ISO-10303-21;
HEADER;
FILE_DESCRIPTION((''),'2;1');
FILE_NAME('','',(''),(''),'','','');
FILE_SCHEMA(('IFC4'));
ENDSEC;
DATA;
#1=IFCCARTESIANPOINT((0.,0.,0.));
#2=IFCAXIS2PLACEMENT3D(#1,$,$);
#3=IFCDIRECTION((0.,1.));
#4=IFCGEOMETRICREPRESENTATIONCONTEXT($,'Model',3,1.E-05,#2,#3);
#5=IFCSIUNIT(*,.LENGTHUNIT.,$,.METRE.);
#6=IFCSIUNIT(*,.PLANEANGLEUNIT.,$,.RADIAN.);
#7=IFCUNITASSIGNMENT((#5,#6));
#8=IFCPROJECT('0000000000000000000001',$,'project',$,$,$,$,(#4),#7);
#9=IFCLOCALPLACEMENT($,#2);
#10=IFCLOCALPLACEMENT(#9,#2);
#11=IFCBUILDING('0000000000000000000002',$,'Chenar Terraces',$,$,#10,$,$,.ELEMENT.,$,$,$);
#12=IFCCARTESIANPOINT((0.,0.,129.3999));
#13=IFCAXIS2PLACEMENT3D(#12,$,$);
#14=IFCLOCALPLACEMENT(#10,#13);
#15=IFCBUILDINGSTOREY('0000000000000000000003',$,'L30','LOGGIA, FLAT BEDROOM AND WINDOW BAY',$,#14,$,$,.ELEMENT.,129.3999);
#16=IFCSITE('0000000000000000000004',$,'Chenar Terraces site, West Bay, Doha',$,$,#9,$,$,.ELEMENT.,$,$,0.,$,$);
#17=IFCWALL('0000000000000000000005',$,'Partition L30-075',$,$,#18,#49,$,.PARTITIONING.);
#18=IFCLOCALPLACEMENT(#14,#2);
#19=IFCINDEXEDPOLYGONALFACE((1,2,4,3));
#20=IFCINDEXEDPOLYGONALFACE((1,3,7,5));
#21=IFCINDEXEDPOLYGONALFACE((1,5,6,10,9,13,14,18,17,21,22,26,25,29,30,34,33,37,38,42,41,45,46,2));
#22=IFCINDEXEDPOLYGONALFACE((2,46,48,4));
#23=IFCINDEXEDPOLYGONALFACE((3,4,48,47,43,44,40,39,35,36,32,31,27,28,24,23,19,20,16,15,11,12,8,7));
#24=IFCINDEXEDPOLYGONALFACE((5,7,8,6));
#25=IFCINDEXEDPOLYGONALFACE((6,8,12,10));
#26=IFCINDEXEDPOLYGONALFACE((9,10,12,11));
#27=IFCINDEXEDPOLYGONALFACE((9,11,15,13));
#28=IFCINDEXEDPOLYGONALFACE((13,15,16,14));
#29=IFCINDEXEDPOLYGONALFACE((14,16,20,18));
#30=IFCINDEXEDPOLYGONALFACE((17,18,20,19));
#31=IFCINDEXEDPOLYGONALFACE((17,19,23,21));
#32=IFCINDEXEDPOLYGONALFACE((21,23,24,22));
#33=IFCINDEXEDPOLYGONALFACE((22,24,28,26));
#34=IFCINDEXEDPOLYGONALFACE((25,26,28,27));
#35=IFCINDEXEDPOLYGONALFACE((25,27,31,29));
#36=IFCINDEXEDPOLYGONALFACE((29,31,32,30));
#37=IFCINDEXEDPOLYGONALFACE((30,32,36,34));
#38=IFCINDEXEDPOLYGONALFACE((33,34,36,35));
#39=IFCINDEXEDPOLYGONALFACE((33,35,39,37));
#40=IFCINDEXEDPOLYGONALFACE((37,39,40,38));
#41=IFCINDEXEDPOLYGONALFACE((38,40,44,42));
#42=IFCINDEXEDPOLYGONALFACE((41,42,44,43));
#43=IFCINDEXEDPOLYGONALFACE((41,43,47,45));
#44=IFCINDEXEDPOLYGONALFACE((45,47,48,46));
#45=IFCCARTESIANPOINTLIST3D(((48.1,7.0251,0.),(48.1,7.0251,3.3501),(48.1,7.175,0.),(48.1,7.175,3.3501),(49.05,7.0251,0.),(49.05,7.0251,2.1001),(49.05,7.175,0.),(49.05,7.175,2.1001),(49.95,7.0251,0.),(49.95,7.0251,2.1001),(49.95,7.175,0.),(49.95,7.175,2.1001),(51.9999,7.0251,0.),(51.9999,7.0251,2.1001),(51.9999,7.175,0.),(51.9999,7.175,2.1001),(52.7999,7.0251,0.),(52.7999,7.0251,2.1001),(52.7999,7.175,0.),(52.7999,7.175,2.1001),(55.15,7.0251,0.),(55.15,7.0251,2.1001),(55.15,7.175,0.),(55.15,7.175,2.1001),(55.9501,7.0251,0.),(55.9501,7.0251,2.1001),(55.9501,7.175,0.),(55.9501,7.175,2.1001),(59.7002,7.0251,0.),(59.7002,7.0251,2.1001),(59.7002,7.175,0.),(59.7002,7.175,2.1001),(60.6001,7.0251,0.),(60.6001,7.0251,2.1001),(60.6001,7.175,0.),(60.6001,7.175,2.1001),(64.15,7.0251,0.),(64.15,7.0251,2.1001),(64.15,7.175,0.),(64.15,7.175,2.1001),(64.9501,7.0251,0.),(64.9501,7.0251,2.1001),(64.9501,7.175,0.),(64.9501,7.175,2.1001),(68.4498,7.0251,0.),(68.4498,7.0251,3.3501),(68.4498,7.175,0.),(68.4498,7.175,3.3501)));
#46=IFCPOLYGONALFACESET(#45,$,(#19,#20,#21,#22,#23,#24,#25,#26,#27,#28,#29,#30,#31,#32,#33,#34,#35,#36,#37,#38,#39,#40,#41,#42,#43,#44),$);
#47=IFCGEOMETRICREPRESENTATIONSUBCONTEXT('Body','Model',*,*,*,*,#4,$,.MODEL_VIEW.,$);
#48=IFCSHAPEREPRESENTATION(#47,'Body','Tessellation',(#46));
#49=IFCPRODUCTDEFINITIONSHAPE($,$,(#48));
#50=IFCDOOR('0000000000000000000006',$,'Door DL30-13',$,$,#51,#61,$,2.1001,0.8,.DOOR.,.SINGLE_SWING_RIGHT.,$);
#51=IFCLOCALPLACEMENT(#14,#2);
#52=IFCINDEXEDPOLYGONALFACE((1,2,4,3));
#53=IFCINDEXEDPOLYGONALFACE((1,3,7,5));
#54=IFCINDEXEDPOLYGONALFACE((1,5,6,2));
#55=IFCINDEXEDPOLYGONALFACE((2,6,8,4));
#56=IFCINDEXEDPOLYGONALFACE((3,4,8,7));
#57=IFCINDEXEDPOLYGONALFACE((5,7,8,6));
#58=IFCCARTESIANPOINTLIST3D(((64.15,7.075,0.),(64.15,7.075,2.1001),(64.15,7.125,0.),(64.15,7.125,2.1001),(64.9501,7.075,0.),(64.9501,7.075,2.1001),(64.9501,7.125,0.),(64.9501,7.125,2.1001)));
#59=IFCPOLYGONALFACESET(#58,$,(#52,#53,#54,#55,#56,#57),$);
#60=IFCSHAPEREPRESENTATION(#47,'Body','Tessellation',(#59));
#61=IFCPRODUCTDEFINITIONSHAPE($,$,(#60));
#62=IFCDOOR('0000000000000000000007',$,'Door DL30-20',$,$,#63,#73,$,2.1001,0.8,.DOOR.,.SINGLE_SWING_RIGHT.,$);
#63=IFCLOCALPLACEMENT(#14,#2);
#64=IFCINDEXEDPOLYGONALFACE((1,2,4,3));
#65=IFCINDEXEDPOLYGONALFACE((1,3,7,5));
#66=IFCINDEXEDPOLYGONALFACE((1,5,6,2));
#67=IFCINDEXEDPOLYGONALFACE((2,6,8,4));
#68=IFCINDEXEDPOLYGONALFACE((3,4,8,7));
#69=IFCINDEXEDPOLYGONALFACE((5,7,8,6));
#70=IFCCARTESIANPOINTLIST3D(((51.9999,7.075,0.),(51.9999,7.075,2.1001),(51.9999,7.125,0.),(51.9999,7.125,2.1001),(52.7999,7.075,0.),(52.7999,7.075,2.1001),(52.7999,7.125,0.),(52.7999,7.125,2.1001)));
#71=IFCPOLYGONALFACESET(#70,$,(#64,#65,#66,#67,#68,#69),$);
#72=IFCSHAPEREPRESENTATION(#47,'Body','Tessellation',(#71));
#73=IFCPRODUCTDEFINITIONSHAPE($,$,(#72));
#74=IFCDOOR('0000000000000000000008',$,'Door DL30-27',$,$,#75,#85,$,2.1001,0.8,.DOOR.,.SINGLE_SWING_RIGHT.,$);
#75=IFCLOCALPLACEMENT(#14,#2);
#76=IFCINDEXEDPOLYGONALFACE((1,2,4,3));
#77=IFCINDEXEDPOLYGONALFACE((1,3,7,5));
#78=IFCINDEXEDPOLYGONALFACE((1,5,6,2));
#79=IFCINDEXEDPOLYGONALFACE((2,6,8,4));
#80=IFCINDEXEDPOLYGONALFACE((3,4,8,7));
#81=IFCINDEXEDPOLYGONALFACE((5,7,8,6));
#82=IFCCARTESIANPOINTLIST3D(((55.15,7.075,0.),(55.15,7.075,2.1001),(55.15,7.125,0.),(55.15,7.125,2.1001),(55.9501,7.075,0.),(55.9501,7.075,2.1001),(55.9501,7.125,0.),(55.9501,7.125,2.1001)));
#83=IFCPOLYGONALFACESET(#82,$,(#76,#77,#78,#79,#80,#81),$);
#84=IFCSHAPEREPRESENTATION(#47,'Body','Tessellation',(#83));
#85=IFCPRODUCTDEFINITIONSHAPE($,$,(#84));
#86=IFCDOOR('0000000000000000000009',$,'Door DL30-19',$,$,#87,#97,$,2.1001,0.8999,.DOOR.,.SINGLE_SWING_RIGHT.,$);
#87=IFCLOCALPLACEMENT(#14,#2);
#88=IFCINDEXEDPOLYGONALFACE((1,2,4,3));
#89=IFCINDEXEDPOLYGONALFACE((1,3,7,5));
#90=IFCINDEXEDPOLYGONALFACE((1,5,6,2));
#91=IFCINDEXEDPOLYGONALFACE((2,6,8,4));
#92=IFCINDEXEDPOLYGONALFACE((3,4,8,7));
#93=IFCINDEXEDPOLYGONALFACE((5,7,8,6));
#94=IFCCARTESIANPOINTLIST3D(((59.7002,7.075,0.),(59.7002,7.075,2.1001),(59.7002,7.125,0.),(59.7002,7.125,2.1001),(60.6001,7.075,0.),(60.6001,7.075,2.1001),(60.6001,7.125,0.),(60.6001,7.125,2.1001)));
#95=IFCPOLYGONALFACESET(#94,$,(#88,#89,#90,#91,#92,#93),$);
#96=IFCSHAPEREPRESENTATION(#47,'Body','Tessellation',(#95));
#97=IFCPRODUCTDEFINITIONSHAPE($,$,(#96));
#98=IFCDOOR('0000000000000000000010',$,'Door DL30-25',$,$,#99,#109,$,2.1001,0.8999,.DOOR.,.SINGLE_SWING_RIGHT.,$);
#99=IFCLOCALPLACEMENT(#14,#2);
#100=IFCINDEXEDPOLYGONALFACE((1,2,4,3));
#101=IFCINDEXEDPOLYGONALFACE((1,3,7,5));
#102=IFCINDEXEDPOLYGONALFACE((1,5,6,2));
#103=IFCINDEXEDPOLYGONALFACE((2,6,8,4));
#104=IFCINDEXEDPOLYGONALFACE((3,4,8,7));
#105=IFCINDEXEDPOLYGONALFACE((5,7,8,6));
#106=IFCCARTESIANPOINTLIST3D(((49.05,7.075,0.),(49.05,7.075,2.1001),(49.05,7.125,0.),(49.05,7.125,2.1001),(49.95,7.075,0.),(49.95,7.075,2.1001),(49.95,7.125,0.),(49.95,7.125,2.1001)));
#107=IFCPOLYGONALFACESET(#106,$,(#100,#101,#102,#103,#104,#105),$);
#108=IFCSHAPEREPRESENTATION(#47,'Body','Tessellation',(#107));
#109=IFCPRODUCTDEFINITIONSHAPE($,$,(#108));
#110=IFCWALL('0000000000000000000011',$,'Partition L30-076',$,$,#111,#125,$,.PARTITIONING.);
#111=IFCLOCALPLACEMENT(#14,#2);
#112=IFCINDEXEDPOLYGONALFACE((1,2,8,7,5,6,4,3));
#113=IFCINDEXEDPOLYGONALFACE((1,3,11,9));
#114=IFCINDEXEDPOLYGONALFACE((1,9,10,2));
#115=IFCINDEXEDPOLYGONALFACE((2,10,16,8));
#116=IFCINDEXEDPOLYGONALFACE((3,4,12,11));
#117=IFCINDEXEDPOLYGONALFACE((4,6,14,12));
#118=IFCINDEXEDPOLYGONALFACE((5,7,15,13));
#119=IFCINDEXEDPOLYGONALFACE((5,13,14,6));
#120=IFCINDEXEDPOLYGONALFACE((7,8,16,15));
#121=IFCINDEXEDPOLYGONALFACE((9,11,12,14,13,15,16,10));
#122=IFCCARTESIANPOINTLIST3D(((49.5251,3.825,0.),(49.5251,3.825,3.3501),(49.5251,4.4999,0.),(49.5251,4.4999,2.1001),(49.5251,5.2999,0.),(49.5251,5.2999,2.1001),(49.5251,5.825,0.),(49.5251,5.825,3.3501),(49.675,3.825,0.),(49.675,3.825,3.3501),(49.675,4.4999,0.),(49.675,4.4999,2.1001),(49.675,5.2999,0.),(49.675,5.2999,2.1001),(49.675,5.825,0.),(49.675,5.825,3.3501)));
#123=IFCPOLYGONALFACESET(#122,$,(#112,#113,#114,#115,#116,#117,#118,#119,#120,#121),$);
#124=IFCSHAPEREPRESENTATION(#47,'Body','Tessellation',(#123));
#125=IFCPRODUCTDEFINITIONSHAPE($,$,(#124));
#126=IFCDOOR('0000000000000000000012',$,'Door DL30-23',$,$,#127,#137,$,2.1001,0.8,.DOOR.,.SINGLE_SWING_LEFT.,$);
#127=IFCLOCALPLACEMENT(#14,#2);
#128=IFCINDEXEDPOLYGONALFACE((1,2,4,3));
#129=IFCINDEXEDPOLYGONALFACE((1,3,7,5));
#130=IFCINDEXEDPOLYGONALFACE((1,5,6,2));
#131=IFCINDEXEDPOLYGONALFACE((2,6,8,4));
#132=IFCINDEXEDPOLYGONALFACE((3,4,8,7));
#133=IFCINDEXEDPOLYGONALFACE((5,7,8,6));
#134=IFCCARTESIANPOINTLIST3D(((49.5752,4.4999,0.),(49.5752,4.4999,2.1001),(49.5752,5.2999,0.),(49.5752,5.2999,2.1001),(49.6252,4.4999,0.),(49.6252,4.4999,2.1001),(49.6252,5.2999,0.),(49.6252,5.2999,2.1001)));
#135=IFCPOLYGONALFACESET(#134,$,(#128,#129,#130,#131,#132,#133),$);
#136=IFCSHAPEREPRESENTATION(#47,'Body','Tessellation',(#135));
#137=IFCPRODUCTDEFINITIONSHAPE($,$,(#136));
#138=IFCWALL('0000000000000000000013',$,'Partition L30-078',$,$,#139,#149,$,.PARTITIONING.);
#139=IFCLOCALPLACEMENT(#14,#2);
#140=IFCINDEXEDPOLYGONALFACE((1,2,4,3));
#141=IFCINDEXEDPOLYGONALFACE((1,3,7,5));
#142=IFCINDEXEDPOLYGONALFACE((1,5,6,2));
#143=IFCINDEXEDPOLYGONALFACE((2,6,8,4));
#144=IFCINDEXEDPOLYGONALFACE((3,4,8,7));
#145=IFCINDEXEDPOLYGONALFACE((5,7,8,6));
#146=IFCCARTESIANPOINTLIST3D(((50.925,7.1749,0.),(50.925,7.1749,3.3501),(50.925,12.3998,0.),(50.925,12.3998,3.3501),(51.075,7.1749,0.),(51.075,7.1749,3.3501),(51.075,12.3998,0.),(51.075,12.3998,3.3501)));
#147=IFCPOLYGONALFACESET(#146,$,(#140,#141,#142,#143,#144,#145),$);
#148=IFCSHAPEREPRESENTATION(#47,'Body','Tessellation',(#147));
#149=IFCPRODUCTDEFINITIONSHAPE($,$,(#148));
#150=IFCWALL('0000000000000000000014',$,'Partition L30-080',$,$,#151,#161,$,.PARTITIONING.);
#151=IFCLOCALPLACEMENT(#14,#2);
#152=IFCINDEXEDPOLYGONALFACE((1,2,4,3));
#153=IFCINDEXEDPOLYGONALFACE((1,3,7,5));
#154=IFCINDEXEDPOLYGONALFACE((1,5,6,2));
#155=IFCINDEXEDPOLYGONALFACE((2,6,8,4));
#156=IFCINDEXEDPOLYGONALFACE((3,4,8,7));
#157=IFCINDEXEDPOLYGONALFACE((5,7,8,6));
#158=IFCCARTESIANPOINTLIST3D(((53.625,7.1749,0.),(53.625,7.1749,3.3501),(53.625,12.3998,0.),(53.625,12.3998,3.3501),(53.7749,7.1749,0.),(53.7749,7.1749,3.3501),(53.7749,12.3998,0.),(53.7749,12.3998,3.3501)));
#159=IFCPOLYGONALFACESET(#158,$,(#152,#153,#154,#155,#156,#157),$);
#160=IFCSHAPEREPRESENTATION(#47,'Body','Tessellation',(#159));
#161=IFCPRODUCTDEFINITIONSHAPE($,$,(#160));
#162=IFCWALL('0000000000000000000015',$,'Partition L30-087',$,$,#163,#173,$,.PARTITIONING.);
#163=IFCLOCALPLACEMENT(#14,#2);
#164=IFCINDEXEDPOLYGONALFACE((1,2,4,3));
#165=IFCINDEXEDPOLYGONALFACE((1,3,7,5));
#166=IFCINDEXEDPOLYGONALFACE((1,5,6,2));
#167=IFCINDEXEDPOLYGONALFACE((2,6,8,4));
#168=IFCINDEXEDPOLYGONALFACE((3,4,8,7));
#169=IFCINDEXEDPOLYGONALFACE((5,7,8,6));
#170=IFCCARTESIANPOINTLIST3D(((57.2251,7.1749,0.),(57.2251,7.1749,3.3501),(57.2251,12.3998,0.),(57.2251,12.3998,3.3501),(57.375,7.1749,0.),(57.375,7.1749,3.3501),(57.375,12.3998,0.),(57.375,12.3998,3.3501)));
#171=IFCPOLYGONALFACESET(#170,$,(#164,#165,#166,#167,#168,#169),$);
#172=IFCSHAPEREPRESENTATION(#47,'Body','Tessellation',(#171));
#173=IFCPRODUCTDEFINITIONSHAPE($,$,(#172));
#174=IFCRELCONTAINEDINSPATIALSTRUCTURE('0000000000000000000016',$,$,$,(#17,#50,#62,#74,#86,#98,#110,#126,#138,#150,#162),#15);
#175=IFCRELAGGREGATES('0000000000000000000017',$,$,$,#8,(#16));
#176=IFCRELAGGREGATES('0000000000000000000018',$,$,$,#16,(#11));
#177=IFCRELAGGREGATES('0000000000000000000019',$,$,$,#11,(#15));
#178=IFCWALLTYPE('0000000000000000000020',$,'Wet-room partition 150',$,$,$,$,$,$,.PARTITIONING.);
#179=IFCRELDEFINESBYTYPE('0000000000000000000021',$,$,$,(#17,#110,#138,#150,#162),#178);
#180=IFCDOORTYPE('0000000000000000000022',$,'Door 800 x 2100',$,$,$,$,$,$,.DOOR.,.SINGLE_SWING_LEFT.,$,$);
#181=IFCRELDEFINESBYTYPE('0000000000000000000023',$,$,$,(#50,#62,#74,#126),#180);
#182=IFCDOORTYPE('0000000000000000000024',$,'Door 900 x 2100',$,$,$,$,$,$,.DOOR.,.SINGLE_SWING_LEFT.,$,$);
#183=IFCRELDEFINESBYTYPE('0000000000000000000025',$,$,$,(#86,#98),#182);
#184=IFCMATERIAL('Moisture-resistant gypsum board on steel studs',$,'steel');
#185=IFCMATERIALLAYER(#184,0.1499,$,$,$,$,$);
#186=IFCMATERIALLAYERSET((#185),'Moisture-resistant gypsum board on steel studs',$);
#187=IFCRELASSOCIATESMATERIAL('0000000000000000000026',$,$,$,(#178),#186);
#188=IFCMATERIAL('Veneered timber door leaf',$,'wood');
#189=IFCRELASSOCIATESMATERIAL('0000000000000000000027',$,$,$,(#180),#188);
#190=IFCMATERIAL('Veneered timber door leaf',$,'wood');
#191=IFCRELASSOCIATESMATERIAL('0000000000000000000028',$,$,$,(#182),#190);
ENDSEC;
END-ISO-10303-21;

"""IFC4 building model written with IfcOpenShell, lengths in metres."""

from ifc_helpers import new_model, si_unit, direction, frame, frame_2d, origin, place, context, subcontext, project, spatial, rectangle, extrude, material, layer, layer_set, type_object, element, fill, save


model = new_model("IFC4")

# Units and contexts
model_context = context("Model", 3, precision=1e-05, world=origin(), true_north=direction((0.0, 1.0)))
body_context = subcontext(model_context, "Body", "Model", "MODEL_VIEW")
ifc_project = project(units=[si_unit("LENGTHUNIT", "METRE"), si_unit("PLANEANGLEUNIT", "RADIAN")], contexts=[model_context])

# Site, building, storey
site_placement = place(None, origin())
site = spatial("IfcSite", under=ifc_project, at=site_placement, Name="Chenar Terraces site, West Bay, Doha", CompositionType="ELEMENT", RefElevation=0.0)
building_placement = place(site_placement, origin())
building = spatial("IfcBuilding", under=site, at=building_placement, Name="Chenar Terraces", CompositionType="ELEMENT")
storey_placement = place(building_placement, frame((0.0, 0.0, 129.3999)))
storey = spatial("IfcBuildingStorey", under=building, at=storey_placement, Name="L30", Description="LOGGIA, FLAT BEDROOM AND WINDOW BAY", CompositionType="ELEMENT", Elevation=129.3999)

# Wall, openings, doors
ifc_material_1 = material(Name="Moisture-resistant gypsum board on steel studs", Category="steel")
ifc_layer_1 = layer(ifc_material_1, 0.1499)
ifc_layer_set_1 = layer_set([ifc_layer_1], Name="Moisture-resistant gypsum board on steel studs")
wall_type_1 = type_object("IfcWallType", Name="Wet-room partition 150", PredefinedType="PARTITIONING", material=ifc_layer_set_1)
ifc_material_2 = material(Name="Veneered timber door leaf", Category="wood")
door_type_1 = type_object("IfcDoorType", Name="Door 800 x 2100", OperationType="SINGLE_SWING_LEFT", PredefinedType="DOOR", material=ifc_material_2)
ifc_material_3 = material(Name="Veneered timber door leaf", Category="wood")
door_type_2 = type_object("IfcDoorType", Name="Door 900 x 2100", OperationType="SINGLE_SWING_LEFT", PredefinedType="DOOR", material=ifc_material_3)
wall_1_placement = place(storey_placement, frame((48.1001, 7.1001, 0.0), z_axis=(0.0, 0.0, 1.0), x_axis=(1.0, 0.0, 0.0)))
wall_1 = element("IfcWall", 1, at=wall_1_placement, inside=storey, type_object=wall_type_1, Name="Partition L30-075", PredefinedType="PARTITIONING", context=body_context, shape_type="SweptSolid", body=[
    extrude(rectangle(XDim=20.3499, YDim=0.1499, at=frame_2d((10.1748, 0.0))), origin(), (0.0, 0.0, 1.0), 3.3501),
])
opening_1_placement = place(wall_1_placement, frame((16.05, 0.0, 0.0)))
opening_1 = element("IfcOpeningElement", 2, at=opening_1_placement, cuts=wall_1, PredefinedType="OPENING", context=body_context, shape_type="SweptSolid", body=[
    extrude(rectangle(XDim=0.8, YDim=2.1001, at=frame_2d((0.3999, 1.05))), frame((0.0, 0.085, 0.0), z_axis=(0.0, -1.0, 0.0), x_axis=(1.0, 0.0, 0.0)), (0.0, 0.0, 1.0), 0.1699),
])
opening_2_placement = place(wall_1_placement, frame((11.6001, 0.0, 0.0)))
opening_2 = element("IfcOpeningElement", 3, at=opening_2_placement, cuts=wall_1, PredefinedType="OPENING", context=body_context, shape_type="SweptSolid", body=[
    extrude(rectangle(XDim=0.8999, YDim=2.1001, at=frame_2d((0.45, 1.05))), frame((0.0, 0.085, 0.0), z_axis=(0.0, -1.0, 0.0), x_axis=(1.0, 0.0, 0.0)), (0.0, 0.0, 1.0), 0.1699),
])
opening_3_placement = place(wall_1_placement, frame((3.8999, 0.0, 0.0)))
opening_3 = element("IfcOpeningElement", 4, at=opening_3_placement, cuts=wall_1, PredefinedType="OPENING", context=body_context, shape_type="SweptSolid", body=[
    extrude(rectangle(XDim=0.8, YDim=2.1001, at=frame_2d((0.3999, 1.05))), frame((0.0, 0.085, 0.0), z_axis=(0.0, -1.0, 0.0), x_axis=(1.0, 0.0, 0.0)), (0.0, 0.0, 1.0), 0.1699),
])
opening_4_placement = place(wall_1_placement, frame((0.95, 0.0, 0.0)))
opening_4 = element("IfcOpeningElement", 5, at=opening_4_placement, cuts=wall_1, PredefinedType="OPENING", context=body_context, shape_type="SweptSolid", body=[
    extrude(rectangle(XDim=0.8999, YDim=2.1001, at=frame_2d((0.45, 1.05))), frame((0.0, 0.085, 0.0), z_axis=(0.0, -1.0, 0.0), x_axis=(1.0, 0.0, 0.0)), (0.0, 0.0, 1.0), 0.1699),
])
opening_5_placement = place(wall_1_placement, frame((7.05, 0.0, 0.0)))
opening_5 = element("IfcOpeningElement", 6, at=opening_5_placement, cuts=wall_1, PredefinedType="OPENING", context=body_context, shape_type="SweptSolid", body=[
    extrude(rectangle(XDim=0.8, YDim=2.1001, at=frame_2d((0.3999, 1.05))), frame((0.0, 0.085, 0.0), z_axis=(0.0, -1.0, 0.0), x_axis=(1.0, 0.0, 0.0)), (0.0, 0.0, 1.0), 0.1699),
])
door_1_placement = place(opening_1_placement, origin())
door_1 = element("IfcDoor", 7, at=door_1_placement, inside=storey, type_object=door_type_1, Name="Door DL30-13", OperationType="SINGLE_SWING_RIGHT", OverallHeight=2.1001, OverallWidth=0.8, PredefinedType="DOOR", context=body_context, shape_type="SweptSolid", body=[
    extrude(rectangle(XDim=0.8, YDim=2.1001, at=frame_2d((0.3999, 1.05))), frame((0.0, 0.0249, 0.0), z_axis=(0.0, -1.0, 0.0), x_axis=(1.0, 0.0, 0.0)), (0.0, 0.0, 1.0), 0.05),
])
fill(opening_1, door_1)
door_2_placement = place(opening_3_placement, origin())
door_2 = element("IfcDoor", 8, at=door_2_placement, inside=storey, type_object=door_type_1, Name="Door DL30-20", OperationType="SINGLE_SWING_RIGHT", OverallHeight=2.1001, OverallWidth=0.8, PredefinedType="DOOR", context=body_context, shape_type="SweptSolid", body=[
    extrude(rectangle(XDim=0.8, YDim=2.1001, at=frame_2d((0.3999, 1.05))), frame((0.0, 0.0249, 0.0), z_axis=(0.0, -1.0, 0.0), x_axis=(1.0, 0.0, 0.0)), (0.0, 0.0, 1.0), 0.05),
])
fill(opening_3, door_2)
door_3_placement = place(opening_5_placement, origin())
door_3 = element("IfcDoor", 9, at=door_3_placement, inside=storey, type_object=door_type_1, Name="Door DL30-27", OperationType="SINGLE_SWING_RIGHT", OverallHeight=2.1001, OverallWidth=0.8, PredefinedType="DOOR", context=body_context, shape_type="SweptSolid", body=[
    extrude(rectangle(XDim=0.8, YDim=2.1001, at=frame_2d((0.3999, 1.05))), frame((0.0, 0.0249, 0.0), z_axis=(0.0, -1.0, 0.0), x_axis=(1.0, 0.0, 0.0)), (0.0, 0.0, 1.0), 0.05),
])
fill(opening_5, door_3)
door_4_placement = place(opening_2_placement, origin())
door_4 = element("IfcDoor", 10, at=door_4_placement, inside=storey, type_object=door_type_2, Name="Door DL30-19", OperationType="SINGLE_SWING_RIGHT", OverallHeight=2.1001, OverallWidth=0.8999, PredefinedType="DOOR", context=body_context, shape_type="SweptSolid", body=[
    extrude(rectangle(XDim=0.8999, YDim=2.1001, at=frame_2d((0.45, 1.05))), frame((0.0, 0.0249, 0.0), z_axis=(0.0, -1.0, 0.0), x_axis=(1.0, 0.0, 0.0)), (0.0, 0.0, 1.0), 0.05),
])
fill(opening_2, door_4)
door_5_placement = place(opening_4_placement, origin())
door_5 = element("IfcDoor", 11, at=door_5_placement, inside=storey, type_object=door_type_2, Name="Door DL30-25", OperationType="SINGLE_SWING_RIGHT", OverallHeight=2.1001, OverallWidth=0.8999, PredefinedType="DOOR", context=body_context, shape_type="SweptSolid", body=[
    extrude(rectangle(XDim=0.8999, YDim=2.1001, at=frame_2d((0.45, 1.05))), frame((0.0, 0.0249, 0.0), z_axis=(0.0, -1.0, 0.0), x_axis=(1.0, 0.0, 0.0)), (0.0, 0.0, 1.0), 0.05),
])
fill(opening_4, door_5)

# Wall, opening, door
wall_2_placement = place(storey_placement, frame((49.6001, 3.825, 0.0), z_axis=(0.0, 0.0, 1.0), x_axis=(0.0, 1.0, 0.0)))
wall_2 = element("IfcWall", 12, at=wall_2_placement, inside=storey, type_object=wall_type_1, Name="Partition L30-076", PredefinedType="PARTITIONING", context=body_context, shape_type="SweptSolid", body=[
    extrude(rectangle(XDim=2.0, YDim=0.1499, at=frame_2d((1.0, 0.0))), origin(), (0.0, 0.0, 1.0), 3.3501),
])
opening_6_placement = place(wall_2_placement, frame((0.675, 0.0, 0.0)))
opening_6 = element("IfcOpeningElement", 13, at=opening_6_placement, cuts=wall_2, PredefinedType="OPENING", context=body_context, shape_type="SweptSolid", body=[
    extrude(rectangle(XDim=0.8, YDim=2.1001, at=frame_2d((0.3999, 1.05))), frame((0.0, 0.085, 0.0), z_axis=(0.0, -1.0, 0.0), x_axis=(1.0, 0.0, 0.0)), (0.0, 0.0, 1.0), 0.1699),
])
door_6_placement = place(opening_6_placement, origin())
door_6 = element("IfcDoor", 14, at=door_6_placement, inside=storey, type_object=door_type_1, Name="Door DL30-23", OperationType="SINGLE_SWING_LEFT", OverallHeight=2.1001, OverallWidth=0.8, PredefinedType="DOOR", context=body_context, shape_type="SweptSolid", body=[
    extrude(rectangle(XDim=0.8, YDim=2.1001, at=frame_2d((0.3999, 1.05))), frame((0.0, 0.0249, 0.0), z_axis=(0.0, -1.0, 0.0), x_axis=(1.0, 0.0, 0.0)), (0.0, 0.0, 1.0), 0.05),
])
fill(opening_6, door_6)

# Walls
for number, where, z_axis, x_axis, name in (
    (15, (51.0, 7.175, 0.0), (0.0, 0.0, 1.0), (0.0, 1.0, 0.0), "Partition L30-078"),
    (16, (53.7, 7.175, 0.0), (0.0, 0.0, 1.0), (0.0, 1.0, 0.0), "Partition L30-080"),
    (17, (57.3, 7.175, 0.0), (0.0, 0.0, 1.0), (0.0, 1.0, 0.0), "Partition L30-087"),
):
    element("IfcWall", number, at=place(storey_placement, frame(where, z_axis=z_axis, x_axis=x_axis)), inside=storey, type_object=wall_type_1, Name=name, PredefinedType="PARTITIONING", context=body_context, shape_type="SweptSolid", body=[
        extrude(rectangle(XDim=5.2249, YDim=0.1499, at=frame_2d((2.6123, 0.0))), origin(), (0.0, 0.0, 1.0), 3.3501),
    ])

save(model, "model.ifc")
